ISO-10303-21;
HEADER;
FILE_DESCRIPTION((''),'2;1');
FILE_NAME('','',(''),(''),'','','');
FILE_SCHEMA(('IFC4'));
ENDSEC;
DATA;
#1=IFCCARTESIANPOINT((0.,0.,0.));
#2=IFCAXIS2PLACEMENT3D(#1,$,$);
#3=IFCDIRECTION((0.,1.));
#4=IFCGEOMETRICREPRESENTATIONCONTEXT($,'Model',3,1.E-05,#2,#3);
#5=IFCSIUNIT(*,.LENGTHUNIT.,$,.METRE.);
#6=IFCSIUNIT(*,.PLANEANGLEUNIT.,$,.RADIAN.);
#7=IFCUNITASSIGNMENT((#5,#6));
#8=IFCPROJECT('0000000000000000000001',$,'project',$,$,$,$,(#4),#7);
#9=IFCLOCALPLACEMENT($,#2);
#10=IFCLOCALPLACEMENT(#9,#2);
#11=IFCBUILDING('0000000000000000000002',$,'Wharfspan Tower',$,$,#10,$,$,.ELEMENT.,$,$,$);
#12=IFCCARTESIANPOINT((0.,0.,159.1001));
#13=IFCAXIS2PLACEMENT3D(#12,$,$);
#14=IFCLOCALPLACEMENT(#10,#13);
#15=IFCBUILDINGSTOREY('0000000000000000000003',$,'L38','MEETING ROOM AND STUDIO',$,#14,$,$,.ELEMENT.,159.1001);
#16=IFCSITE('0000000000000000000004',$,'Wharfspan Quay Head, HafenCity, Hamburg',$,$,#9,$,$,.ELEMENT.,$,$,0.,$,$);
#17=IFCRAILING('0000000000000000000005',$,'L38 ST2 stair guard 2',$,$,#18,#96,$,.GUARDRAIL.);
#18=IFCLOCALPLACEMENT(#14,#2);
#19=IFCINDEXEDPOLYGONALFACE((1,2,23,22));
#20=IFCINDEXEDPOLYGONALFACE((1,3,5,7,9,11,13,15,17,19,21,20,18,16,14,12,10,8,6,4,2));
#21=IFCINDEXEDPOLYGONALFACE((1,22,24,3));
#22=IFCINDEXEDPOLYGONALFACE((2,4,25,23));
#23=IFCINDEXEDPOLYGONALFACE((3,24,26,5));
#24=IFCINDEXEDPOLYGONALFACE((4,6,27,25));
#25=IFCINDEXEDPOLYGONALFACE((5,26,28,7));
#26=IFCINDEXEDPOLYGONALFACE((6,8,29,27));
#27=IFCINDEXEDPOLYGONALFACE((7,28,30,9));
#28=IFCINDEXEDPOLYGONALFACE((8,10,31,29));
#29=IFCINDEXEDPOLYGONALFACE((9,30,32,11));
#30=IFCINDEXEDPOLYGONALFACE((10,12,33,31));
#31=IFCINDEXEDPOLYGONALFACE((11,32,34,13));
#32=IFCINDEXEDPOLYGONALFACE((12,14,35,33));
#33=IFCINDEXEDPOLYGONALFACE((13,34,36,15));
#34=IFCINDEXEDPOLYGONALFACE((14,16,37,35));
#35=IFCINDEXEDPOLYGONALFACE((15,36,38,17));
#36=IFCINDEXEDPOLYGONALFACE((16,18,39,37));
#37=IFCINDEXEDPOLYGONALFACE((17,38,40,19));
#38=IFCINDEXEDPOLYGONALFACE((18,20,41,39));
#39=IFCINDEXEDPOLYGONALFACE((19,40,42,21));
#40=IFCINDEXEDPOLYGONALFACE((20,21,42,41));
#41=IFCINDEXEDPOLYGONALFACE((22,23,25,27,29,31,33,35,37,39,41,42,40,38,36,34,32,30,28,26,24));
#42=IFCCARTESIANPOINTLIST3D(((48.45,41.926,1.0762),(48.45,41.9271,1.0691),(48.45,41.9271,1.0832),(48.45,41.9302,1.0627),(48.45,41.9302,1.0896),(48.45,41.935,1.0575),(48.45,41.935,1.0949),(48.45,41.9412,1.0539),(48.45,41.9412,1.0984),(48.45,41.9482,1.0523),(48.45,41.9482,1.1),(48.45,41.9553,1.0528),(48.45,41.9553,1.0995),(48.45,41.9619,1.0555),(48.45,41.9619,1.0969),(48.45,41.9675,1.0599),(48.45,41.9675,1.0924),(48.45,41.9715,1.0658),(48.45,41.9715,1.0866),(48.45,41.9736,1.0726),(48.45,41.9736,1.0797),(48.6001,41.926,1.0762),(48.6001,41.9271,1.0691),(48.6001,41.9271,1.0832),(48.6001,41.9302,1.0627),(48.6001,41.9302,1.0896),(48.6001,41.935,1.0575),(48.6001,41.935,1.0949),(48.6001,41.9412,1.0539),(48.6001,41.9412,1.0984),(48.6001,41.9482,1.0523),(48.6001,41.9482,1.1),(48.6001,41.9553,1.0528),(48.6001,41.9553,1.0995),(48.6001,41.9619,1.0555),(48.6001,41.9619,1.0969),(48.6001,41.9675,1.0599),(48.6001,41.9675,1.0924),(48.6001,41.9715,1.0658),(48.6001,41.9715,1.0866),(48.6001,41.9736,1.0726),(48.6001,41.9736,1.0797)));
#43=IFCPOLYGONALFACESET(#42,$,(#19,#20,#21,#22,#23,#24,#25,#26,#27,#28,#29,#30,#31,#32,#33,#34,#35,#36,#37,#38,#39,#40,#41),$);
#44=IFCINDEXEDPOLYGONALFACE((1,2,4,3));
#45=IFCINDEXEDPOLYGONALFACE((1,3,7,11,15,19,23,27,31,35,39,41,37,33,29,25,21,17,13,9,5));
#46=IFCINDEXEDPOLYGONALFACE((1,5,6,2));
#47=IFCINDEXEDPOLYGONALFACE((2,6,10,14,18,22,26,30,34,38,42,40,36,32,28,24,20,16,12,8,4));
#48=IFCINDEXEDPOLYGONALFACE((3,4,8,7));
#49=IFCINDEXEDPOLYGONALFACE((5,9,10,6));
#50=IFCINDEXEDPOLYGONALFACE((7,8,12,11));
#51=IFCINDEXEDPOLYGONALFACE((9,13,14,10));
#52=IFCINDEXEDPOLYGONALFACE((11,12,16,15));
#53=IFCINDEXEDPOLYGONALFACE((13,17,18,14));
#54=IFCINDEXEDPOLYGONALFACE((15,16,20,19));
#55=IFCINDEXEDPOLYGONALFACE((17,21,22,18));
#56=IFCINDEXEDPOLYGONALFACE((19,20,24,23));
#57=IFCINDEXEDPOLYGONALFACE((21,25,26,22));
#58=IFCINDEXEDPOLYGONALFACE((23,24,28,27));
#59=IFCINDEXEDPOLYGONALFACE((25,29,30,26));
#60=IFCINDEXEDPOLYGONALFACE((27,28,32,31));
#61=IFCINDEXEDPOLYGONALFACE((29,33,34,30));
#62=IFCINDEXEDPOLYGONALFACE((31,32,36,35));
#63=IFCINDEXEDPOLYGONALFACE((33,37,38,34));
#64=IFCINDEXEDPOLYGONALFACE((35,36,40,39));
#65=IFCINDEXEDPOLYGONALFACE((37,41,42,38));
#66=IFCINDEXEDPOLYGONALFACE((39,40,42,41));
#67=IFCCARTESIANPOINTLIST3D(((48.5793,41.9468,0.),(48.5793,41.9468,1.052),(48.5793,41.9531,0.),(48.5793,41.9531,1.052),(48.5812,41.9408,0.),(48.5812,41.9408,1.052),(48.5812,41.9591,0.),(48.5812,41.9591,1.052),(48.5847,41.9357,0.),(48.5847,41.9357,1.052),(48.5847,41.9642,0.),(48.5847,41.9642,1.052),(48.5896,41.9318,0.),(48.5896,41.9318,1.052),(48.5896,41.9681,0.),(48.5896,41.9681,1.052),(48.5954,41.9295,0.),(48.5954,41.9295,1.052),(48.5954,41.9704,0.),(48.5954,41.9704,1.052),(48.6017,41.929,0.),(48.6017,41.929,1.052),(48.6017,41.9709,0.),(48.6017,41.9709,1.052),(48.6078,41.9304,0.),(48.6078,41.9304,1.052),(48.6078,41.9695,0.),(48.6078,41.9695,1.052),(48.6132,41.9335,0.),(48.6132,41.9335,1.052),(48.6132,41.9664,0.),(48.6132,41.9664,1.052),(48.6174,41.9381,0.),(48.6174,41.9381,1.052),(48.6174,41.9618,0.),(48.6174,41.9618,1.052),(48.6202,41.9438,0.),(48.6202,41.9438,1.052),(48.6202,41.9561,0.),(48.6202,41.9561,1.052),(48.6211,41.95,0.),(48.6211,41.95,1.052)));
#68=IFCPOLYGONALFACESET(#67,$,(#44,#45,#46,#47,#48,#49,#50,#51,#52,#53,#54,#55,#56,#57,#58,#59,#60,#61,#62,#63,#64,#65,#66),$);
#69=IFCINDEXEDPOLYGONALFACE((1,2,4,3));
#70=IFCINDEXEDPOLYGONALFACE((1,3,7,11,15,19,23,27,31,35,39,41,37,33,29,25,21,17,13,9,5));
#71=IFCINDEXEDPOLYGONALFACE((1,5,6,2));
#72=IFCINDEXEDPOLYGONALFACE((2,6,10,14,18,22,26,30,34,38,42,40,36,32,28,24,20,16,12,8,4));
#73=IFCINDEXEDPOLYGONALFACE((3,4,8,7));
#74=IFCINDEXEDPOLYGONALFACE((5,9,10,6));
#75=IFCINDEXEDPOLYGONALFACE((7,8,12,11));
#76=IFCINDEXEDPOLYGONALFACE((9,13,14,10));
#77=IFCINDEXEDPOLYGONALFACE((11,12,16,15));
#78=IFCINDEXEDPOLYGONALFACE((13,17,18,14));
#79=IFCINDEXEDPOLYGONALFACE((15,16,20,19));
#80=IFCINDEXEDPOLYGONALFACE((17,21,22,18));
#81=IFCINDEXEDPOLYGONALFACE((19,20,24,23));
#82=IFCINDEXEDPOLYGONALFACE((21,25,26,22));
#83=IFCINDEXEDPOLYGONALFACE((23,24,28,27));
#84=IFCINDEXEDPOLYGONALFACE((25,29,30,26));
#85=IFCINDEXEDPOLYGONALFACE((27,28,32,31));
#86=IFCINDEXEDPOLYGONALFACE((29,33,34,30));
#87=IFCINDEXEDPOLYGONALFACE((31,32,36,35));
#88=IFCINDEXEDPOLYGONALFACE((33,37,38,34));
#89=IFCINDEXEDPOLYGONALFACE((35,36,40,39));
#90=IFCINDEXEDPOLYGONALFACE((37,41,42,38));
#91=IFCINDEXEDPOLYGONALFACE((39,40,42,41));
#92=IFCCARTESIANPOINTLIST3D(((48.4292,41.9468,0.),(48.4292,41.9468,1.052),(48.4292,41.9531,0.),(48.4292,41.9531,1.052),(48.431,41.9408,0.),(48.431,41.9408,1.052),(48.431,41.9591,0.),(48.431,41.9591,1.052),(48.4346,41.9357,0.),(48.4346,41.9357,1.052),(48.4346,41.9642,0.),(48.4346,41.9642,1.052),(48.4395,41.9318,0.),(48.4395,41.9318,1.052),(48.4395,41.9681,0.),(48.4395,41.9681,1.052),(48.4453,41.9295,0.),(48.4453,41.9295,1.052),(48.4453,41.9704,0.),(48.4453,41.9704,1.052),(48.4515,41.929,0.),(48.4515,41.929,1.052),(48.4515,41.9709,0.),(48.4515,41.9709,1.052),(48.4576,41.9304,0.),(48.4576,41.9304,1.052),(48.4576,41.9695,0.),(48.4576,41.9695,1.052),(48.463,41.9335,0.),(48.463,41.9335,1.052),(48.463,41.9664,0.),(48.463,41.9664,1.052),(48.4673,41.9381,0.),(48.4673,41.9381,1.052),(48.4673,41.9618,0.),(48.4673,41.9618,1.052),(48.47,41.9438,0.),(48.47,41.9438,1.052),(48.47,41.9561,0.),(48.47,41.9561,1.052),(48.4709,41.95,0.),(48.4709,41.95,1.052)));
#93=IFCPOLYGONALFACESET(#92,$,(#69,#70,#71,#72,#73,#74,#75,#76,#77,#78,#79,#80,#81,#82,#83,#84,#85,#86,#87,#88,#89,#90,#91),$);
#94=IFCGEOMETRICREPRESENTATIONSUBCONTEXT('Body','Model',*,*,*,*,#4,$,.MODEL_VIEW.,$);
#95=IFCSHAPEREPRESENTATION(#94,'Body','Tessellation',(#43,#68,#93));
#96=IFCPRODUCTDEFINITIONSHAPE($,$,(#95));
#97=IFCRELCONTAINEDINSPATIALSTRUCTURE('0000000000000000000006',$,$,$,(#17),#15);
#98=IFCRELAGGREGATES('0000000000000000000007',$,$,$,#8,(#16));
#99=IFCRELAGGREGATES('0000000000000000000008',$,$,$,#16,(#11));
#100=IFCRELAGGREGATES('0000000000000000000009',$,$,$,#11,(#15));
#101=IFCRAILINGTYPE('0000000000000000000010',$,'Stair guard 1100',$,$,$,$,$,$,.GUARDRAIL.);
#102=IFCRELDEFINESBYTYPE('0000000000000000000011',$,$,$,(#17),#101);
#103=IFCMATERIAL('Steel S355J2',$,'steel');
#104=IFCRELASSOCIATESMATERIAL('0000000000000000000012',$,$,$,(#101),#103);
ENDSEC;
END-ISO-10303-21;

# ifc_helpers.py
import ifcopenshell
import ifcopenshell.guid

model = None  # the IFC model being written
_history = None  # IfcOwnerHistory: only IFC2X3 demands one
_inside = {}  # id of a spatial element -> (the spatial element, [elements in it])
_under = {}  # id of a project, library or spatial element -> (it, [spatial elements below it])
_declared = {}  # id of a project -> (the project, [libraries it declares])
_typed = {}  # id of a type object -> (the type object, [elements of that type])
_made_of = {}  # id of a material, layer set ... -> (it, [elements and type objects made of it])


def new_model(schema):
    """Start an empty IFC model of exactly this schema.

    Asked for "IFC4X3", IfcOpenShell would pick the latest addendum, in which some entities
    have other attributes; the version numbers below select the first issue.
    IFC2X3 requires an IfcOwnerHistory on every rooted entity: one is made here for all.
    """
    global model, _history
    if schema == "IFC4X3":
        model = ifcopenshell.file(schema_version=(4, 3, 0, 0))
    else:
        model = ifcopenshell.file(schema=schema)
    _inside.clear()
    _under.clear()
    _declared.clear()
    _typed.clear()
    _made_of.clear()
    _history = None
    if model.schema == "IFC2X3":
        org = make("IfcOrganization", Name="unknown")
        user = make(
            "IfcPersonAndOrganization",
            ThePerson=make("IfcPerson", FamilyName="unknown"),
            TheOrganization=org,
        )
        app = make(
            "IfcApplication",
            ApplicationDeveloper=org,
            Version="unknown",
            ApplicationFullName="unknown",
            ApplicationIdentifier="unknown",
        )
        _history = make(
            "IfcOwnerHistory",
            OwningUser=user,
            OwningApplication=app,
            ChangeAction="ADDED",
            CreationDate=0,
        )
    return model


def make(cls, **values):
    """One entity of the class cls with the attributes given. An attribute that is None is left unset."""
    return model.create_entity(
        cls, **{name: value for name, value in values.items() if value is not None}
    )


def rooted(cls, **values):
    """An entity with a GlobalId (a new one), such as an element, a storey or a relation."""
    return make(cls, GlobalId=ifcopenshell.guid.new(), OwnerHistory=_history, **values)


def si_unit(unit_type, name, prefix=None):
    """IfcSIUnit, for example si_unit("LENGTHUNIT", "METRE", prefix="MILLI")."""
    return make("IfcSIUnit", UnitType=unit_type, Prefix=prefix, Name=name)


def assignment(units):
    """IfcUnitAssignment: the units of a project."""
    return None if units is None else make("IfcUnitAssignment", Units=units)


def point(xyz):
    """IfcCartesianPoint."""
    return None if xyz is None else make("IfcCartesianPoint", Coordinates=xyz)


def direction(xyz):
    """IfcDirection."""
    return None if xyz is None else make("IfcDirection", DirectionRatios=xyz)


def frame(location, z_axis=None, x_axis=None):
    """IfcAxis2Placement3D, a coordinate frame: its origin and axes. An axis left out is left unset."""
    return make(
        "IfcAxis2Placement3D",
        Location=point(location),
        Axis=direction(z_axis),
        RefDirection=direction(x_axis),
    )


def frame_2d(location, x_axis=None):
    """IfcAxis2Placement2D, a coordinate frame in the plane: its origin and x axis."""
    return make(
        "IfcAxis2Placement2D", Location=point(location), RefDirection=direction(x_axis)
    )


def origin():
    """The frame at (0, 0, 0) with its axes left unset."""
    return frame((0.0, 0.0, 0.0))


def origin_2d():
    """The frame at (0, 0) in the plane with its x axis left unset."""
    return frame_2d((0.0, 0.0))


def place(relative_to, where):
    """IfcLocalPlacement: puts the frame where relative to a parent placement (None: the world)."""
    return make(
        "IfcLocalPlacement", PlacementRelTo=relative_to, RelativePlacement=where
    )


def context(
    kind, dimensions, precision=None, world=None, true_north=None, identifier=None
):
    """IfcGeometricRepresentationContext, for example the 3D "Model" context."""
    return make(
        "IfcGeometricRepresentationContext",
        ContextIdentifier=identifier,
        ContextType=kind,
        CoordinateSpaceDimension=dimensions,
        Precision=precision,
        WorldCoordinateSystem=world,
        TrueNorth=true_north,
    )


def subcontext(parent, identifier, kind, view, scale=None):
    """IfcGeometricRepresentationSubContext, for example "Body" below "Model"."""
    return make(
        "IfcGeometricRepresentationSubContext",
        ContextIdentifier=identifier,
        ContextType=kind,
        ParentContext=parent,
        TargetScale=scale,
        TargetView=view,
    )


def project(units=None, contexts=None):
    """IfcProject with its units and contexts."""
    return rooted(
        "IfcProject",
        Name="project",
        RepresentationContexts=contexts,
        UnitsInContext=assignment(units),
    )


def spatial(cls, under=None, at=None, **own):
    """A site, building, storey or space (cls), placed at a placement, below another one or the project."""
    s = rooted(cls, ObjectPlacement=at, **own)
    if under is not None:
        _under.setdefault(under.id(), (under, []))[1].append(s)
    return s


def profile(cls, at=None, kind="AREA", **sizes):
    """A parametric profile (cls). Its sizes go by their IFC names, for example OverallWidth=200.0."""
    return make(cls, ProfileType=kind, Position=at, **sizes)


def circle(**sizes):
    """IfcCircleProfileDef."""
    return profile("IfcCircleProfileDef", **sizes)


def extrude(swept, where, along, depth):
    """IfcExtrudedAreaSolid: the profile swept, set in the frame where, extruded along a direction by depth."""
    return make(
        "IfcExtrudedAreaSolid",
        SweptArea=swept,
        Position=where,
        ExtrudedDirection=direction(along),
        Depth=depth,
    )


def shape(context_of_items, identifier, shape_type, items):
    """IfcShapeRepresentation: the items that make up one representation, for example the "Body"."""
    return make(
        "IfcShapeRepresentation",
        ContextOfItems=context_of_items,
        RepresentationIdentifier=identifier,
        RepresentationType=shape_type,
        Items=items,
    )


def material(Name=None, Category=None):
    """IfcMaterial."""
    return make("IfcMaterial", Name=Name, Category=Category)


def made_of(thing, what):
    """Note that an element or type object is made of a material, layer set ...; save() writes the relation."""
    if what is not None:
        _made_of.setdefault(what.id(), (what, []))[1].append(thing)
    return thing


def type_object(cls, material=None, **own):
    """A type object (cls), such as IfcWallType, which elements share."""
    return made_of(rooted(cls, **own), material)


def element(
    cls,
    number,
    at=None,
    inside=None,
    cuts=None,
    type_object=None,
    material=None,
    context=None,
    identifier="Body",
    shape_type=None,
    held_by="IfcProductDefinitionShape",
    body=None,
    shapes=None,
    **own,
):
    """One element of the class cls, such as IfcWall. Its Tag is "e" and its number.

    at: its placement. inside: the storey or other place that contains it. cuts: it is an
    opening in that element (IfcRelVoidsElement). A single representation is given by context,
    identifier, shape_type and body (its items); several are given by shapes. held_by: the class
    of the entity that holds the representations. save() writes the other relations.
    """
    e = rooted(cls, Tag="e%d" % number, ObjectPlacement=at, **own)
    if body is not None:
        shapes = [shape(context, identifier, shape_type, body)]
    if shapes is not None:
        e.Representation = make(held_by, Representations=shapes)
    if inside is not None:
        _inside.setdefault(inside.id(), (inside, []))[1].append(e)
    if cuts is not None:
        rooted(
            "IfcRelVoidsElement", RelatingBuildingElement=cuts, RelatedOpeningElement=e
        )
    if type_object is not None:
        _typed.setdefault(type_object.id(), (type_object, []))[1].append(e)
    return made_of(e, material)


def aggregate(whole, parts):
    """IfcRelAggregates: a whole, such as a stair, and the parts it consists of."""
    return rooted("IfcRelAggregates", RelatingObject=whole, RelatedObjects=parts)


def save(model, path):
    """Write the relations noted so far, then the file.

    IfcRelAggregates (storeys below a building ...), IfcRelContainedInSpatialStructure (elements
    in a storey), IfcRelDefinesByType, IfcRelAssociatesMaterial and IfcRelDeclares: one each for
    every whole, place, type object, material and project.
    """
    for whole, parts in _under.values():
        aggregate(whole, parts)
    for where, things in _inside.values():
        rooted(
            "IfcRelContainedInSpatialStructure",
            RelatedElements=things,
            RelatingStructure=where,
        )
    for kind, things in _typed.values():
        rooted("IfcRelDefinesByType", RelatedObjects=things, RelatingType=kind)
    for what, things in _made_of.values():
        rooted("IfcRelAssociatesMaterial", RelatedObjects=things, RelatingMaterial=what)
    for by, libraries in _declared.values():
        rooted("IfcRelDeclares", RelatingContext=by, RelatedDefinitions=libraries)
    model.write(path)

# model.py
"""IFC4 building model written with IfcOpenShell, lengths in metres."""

from ifc_helpers import new_model, si_unit, direction, frame, origin, origin_2d, place, context, subcontext, project, spatial, circle, extrude, material, type_object, element, save


model = new_model("IFC4")

# Units and contexts
model_context = context("Model", 3, precision=1e-05, world=origin(), true_north=direction((0.0, 1.0)))
body_context = subcontext(model_context, "Body", "Model", "MODEL_VIEW")
ifc_project = project(units=[si_unit("LENGTHUNIT", "METRE"), si_unit("PLANEANGLEUNIT", "RADIAN")], contexts=[model_context])

# Site, building, storey
site_placement = place(None, origin())
site = spatial("IfcSite", under=ifc_project, at=site_placement, Name="Wharfspan Quay Head, HafenCity, Hamburg", CompositionType="ELEMENT", RefElevation=0.0)
building_placement = place(site_placement, origin())
building = spatial("IfcBuilding", under=site, at=building_placement, Name="Wharfspan Tower", CompositionType="ELEMENT")
storey_placement = place(building_placement, frame((0.0, 0.0, 159.1001)))
storey = spatial("IfcBuildingStorey", under=building, at=storey_placement, Name="L38", Description="MEETING ROOM AND STUDIO", CompositionType="ELEMENT", Elevation=159.1001)

# Shared definitions
ifc_material_1 = material(Name="Steel S355J2", Category="steel")

# Railing
railing_type_1 = type_object("IfcRailingType", Name="Stair guard 1100", PredefinedType="GUARDRAIL", material=ifc_material_1)
railing_1_placement = place(storey_placement, frame((48.6001, 41.95, 0.0)))
element("IfcRailing", 1, at=railing_1_placement, inside=storey, type_object=railing_type_1, Name="L38 ST2 stair guard 2", PredefinedType="GUARDRAIL", context=body_context, shape_type="SweptSolid", body=[
    extrude(circle(Radius=0.0239, at=origin_2d()), frame((0.0, 0.0, 1.0762), z_axis=(-1.0, 0.0, 0.0), x_axis=(0.0, -1.0, 0.0)), (0.0, 0.0, 1.0), 0.1501),
    extrude(circle(Radius=0.021, at=origin_2d()), origin(), (0.0, 0.0, 1.0), 1.052),
    extrude(circle(Radius=0.021, at=origin_2d()), frame((-0.1501, 0.0, 0.0)), (0.0, 0.0, 1.0), 1.052),
])

save(model, "model.ifc")
